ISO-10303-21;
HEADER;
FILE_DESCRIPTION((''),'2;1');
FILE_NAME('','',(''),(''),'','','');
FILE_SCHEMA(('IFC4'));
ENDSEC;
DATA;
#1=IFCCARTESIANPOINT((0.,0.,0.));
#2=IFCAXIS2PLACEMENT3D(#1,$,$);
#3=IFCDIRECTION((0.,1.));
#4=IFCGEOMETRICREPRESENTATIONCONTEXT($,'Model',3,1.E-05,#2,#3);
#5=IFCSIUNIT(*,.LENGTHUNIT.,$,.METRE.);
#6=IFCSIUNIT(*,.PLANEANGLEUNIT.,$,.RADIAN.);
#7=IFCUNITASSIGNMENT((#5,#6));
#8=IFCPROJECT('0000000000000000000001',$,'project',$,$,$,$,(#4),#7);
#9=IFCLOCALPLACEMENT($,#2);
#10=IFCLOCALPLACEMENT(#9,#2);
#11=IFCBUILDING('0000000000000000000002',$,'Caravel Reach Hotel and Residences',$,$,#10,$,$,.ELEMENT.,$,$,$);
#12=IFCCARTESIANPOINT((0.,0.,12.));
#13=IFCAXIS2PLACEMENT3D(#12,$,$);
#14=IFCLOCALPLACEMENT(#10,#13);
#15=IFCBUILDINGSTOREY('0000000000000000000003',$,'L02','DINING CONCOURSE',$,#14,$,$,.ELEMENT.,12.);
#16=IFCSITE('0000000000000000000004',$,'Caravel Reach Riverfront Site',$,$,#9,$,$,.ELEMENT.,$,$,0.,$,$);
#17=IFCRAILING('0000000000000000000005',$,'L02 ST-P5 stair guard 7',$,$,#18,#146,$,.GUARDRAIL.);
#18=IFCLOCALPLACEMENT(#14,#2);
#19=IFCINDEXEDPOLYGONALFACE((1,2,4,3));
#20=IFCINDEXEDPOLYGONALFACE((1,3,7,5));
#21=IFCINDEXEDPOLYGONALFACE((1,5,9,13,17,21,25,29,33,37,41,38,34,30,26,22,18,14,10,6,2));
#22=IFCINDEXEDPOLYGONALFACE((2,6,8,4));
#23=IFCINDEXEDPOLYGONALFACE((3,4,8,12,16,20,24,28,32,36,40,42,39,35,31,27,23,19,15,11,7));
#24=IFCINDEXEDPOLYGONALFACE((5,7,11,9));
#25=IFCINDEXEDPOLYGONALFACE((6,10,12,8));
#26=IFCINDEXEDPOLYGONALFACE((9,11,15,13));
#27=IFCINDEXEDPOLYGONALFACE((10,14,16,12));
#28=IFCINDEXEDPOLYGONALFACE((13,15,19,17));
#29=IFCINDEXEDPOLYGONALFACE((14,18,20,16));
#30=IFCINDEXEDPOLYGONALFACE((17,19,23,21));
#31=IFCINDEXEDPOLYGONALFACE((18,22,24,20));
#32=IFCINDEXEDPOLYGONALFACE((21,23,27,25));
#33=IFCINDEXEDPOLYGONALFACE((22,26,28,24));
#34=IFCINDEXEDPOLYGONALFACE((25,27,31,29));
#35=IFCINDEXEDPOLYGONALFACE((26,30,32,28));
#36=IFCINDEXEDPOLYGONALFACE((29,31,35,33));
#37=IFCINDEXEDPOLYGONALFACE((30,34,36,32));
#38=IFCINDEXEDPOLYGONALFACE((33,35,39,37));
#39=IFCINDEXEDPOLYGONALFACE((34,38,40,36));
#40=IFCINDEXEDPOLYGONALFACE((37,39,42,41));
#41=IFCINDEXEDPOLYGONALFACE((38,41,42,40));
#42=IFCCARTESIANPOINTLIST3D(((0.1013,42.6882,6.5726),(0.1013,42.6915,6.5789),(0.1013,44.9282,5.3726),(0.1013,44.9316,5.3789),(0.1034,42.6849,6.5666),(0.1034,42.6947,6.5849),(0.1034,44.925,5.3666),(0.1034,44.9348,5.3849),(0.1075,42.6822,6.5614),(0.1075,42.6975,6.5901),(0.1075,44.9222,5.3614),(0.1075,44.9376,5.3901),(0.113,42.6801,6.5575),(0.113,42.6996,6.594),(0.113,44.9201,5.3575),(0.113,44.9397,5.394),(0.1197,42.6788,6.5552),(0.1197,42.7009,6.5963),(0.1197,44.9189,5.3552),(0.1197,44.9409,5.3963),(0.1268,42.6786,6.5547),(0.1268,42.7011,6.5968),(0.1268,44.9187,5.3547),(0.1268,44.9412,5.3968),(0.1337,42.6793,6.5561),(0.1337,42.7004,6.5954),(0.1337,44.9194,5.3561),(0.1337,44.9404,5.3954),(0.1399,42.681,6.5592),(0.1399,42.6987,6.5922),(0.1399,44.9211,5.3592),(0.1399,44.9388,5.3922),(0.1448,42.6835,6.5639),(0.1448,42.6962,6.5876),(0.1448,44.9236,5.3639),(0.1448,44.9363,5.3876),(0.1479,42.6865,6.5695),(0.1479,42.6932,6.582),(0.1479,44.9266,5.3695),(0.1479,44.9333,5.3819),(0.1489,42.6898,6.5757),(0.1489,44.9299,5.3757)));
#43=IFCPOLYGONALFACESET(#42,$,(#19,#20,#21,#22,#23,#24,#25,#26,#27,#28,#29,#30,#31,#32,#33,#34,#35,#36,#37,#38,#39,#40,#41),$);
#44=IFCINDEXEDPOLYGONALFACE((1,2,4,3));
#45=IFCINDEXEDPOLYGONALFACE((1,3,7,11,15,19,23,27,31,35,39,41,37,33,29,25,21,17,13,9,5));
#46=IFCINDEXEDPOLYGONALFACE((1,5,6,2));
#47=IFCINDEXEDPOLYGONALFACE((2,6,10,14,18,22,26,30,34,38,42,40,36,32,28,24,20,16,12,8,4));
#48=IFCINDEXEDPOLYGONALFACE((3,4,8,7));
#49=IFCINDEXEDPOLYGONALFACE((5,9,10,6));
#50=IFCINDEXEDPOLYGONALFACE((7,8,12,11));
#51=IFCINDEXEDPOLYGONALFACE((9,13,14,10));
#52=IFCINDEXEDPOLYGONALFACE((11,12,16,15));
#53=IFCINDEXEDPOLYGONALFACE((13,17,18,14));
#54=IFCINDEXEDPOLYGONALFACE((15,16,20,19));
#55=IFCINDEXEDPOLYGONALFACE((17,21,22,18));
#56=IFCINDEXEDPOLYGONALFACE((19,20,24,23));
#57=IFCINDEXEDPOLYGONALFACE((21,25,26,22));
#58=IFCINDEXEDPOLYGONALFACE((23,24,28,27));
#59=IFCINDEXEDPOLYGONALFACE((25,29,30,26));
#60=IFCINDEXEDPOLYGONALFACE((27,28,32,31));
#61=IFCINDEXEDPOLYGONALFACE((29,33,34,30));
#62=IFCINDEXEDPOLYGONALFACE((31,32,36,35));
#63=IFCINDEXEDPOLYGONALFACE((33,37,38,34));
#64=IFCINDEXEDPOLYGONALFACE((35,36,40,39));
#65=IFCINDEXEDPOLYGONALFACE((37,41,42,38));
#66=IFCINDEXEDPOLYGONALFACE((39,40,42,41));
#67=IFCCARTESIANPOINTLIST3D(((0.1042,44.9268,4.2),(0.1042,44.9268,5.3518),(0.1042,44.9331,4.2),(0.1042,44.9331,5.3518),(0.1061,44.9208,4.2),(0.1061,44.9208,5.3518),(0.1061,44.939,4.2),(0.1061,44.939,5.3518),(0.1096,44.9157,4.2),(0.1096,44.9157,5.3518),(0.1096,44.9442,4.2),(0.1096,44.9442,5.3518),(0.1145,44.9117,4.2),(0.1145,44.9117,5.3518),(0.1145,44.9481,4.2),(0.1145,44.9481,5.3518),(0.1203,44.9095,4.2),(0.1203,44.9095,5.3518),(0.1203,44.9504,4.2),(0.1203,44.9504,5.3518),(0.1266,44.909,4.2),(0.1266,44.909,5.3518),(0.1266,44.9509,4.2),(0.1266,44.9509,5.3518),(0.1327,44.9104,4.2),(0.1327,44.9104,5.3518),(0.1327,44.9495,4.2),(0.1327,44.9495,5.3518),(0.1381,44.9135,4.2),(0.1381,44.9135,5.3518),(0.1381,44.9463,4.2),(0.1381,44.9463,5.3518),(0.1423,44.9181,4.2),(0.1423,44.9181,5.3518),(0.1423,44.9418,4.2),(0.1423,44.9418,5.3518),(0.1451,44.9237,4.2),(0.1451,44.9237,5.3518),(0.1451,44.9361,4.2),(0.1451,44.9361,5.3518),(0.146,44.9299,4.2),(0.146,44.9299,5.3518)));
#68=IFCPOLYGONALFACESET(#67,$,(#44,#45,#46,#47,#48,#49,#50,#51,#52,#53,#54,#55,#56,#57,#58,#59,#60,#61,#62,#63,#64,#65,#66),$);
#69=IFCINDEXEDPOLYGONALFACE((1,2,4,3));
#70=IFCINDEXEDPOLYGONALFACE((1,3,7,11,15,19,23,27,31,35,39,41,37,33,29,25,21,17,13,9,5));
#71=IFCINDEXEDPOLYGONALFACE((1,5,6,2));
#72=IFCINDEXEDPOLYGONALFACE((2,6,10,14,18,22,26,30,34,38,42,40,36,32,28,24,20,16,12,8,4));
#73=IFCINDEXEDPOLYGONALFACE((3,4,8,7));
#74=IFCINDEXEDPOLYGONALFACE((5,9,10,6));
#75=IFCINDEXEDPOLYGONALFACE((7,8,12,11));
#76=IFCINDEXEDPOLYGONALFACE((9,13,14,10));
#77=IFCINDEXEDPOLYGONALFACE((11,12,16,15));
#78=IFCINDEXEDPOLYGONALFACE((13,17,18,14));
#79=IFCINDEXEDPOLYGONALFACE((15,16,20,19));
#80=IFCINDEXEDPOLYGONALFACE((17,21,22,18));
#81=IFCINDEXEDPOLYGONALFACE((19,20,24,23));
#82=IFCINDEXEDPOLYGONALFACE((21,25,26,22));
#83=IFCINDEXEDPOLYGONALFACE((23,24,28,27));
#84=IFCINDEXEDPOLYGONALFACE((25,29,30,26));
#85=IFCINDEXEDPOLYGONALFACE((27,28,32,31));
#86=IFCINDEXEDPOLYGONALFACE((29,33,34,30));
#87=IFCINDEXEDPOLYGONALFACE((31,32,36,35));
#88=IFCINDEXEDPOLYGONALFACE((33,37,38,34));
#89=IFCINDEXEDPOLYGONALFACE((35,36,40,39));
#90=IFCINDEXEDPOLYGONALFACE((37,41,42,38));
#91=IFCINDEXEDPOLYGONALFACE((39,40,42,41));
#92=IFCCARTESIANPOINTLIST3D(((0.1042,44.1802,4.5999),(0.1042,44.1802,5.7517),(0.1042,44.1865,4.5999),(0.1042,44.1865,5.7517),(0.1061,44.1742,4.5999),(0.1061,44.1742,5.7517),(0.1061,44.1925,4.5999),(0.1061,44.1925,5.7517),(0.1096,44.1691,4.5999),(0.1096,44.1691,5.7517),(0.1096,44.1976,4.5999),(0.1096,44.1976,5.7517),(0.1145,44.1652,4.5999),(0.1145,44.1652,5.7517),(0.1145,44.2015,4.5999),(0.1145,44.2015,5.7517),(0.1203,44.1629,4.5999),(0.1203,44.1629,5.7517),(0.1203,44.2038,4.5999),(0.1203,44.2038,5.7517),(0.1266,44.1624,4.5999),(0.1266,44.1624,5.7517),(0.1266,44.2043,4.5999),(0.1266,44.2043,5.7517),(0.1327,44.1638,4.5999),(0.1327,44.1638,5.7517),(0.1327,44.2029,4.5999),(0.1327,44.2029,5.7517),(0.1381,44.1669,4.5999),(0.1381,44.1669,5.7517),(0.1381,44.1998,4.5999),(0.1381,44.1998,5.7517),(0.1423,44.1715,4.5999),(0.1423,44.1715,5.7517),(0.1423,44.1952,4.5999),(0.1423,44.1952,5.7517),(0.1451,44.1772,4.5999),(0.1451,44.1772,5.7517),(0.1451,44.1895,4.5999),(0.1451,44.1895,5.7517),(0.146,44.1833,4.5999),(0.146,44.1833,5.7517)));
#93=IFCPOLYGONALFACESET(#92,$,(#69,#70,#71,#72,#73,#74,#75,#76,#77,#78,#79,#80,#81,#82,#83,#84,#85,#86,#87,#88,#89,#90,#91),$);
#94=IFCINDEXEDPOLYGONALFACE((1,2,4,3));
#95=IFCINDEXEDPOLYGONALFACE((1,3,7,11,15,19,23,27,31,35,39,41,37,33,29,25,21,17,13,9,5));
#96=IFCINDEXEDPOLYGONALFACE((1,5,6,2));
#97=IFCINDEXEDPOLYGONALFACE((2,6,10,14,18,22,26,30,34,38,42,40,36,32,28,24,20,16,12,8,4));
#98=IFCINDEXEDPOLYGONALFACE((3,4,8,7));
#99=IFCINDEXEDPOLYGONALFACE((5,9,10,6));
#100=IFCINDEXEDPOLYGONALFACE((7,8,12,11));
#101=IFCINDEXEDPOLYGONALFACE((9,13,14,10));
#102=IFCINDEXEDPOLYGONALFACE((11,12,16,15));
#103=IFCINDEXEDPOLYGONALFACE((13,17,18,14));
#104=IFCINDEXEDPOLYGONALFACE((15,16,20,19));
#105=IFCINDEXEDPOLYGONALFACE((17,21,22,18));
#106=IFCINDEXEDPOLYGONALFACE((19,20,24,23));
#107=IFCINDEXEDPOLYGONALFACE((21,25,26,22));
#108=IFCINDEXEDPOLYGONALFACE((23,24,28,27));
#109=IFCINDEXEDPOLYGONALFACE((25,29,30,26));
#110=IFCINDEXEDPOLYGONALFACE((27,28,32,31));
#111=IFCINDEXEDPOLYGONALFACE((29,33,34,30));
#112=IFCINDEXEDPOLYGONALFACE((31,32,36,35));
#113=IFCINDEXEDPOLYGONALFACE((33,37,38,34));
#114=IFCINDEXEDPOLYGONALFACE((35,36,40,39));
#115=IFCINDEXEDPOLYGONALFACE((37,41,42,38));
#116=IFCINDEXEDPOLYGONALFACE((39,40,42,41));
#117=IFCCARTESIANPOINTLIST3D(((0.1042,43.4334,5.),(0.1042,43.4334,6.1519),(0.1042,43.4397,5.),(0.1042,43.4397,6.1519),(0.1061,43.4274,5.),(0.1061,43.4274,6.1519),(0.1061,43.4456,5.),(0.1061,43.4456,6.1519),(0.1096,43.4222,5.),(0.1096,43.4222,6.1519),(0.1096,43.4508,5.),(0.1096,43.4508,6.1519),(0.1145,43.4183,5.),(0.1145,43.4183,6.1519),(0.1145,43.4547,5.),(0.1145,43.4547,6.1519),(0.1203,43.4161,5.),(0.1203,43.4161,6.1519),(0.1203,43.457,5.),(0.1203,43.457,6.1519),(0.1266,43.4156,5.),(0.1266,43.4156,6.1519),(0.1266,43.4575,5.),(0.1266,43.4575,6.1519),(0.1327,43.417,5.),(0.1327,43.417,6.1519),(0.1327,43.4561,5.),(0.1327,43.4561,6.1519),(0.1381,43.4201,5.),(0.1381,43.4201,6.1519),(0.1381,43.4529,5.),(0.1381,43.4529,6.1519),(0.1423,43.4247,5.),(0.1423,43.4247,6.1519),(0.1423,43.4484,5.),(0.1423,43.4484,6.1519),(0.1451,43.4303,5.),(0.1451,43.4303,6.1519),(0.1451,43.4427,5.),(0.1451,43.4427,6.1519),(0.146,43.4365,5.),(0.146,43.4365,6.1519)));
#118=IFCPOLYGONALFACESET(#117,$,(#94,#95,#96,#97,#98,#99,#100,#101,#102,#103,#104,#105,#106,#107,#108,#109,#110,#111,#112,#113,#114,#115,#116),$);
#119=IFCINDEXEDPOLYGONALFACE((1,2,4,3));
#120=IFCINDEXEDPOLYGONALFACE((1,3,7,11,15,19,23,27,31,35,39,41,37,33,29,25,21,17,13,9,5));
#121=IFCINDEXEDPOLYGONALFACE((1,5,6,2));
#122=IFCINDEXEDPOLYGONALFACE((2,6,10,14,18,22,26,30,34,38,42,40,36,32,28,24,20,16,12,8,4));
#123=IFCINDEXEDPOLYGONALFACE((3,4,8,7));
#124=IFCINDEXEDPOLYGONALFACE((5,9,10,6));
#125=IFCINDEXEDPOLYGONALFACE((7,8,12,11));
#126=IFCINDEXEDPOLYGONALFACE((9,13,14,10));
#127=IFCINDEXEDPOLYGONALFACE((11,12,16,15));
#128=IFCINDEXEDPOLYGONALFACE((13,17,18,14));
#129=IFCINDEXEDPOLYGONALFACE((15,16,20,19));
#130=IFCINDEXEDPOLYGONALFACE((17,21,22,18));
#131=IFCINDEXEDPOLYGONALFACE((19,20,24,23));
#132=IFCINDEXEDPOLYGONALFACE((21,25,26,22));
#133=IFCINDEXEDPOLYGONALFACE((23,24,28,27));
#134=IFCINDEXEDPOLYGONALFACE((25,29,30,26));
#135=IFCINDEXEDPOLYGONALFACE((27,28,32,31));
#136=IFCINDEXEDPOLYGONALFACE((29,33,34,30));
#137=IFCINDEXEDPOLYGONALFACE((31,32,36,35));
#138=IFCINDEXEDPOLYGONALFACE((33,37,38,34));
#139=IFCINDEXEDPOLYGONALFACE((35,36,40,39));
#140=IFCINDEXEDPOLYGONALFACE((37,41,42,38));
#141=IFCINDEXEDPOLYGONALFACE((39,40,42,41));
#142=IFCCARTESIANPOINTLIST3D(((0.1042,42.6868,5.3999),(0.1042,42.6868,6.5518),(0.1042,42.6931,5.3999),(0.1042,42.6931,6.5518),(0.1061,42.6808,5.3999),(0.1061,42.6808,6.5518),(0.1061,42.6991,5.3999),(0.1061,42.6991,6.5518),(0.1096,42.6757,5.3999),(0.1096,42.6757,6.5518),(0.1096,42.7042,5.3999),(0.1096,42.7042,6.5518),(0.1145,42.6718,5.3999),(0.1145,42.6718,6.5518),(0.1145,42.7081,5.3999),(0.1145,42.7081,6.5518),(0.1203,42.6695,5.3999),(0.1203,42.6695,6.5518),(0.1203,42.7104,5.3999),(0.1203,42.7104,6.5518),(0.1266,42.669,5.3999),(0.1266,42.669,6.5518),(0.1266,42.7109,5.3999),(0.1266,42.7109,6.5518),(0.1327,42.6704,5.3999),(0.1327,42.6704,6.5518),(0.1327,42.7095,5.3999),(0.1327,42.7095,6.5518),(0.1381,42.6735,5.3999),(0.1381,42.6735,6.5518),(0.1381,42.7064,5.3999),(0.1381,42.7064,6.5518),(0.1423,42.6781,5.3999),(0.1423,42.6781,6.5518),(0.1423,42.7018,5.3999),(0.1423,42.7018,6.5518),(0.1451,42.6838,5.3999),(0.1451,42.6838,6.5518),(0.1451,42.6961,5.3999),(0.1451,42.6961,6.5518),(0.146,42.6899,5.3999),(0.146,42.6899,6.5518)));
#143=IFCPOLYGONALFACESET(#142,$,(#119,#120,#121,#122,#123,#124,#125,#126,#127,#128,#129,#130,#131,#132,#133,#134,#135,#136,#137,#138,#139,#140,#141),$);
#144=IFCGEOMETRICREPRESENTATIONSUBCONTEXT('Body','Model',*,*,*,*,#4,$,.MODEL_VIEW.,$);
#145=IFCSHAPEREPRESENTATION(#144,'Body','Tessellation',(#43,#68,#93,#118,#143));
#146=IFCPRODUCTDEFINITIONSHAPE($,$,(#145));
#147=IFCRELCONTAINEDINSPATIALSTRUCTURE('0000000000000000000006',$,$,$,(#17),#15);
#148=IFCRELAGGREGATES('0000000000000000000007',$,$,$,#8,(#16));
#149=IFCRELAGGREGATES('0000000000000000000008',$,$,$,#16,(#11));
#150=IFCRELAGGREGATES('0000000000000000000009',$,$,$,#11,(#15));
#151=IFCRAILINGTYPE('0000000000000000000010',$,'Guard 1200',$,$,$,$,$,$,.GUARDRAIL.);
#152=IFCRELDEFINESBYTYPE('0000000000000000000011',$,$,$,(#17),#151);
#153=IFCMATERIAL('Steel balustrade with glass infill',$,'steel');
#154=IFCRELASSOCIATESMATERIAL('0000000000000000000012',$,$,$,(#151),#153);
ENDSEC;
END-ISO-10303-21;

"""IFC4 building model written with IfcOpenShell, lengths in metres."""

from ifc_helpers import new_model, si_unit, direction, frame, origin, origin_2d, place, context, subcontext, project, spatial, circle, extrude, material, type_object, element, save


model = new_model("IFC4")

# Units and contexts
model_context = context("Model", 3, precision=1e-05, world=origin(), true_north=direction((0.0, 1.0)))
body_context = subcontext(model_context, "Body", "Model", "MODEL_VIEW")
ifc_project = project(units=[si_unit("LENGTHUNIT", "METRE"), si_unit("PLANEANGLEUNIT", "RADIAN")], contexts=[model_context])

# Site, building, storey
site_placement = place(None, origin())
site = spatial("IfcSite", under=ifc_project, at=site_placement, Name="Caravel Reach Riverfront Site", CompositionType="ELEMENT", RefElevation=0.0)
building_placement = place(site_placement, origin())
building = spatial("IfcBuilding", under=site, at=building_placement, Name="Caravel Reach Hotel and Residences", CompositionType="ELEMENT")
storey_placement = place(building_placement, frame((0.0, 0.0, 12.0)))
storey = spatial("IfcBuildingStorey", under=building, at=storey_placement, Name="L02", Description="DINING CONCOURSE", CompositionType="ELEMENT", Elevation=12.0)

# Railing
ifc_material_1 = material(Name="Steel balustrade with glass infill", Category="steel")
railing_type = type_object("IfcRailingType", Name="Guard 1200", PredefinedType="GUARDRAIL", material=ifc_material_1)
railing_placement = place(storey_placement, frame((0.125, 44.9299, 4.2)))
element("IfcRailing", 1, at=railing_placement, inside=storey, type_object=railing_type, Name="L02 ST-P5 stair guard 7", PredefinedType="GUARDRAIL", context=body_context, shape_type="SweptSolid", body=[
    extrude(circle(Radius=0.0239, at=origin_2d()), frame((0.0, 0.0, 1.1758), z_axis=(0.0, -0.881487, 0.472208), x_axis=(1.0, 0.0, 0.0)), (0.0, 0.0, 1.0), 2.5413),
    extrude(circle(Radius=0.021, at=origin_2d()), origin(), (0.0, 0.0, 1.0), 1.1519),
    extrude(circle(Radius=0.021, at=origin_2d()), frame((0.0, -0.7466, 0.3999)), (0.0, 0.0, 1.0), 1.1519),
    extrude(circle(Radius=0.021, at=origin_2d()), frame((0.0, -1.4934, 0.8)), (0.0, 0.0, 1.0), 1.1519),
    extrude(circle(Radius=0.021, at=origin_2d()), frame((0.0, -2.24, 1.2)), (0.0, 0.0, 1.0), 1.1519),
])

save(model, "model.ifc")
